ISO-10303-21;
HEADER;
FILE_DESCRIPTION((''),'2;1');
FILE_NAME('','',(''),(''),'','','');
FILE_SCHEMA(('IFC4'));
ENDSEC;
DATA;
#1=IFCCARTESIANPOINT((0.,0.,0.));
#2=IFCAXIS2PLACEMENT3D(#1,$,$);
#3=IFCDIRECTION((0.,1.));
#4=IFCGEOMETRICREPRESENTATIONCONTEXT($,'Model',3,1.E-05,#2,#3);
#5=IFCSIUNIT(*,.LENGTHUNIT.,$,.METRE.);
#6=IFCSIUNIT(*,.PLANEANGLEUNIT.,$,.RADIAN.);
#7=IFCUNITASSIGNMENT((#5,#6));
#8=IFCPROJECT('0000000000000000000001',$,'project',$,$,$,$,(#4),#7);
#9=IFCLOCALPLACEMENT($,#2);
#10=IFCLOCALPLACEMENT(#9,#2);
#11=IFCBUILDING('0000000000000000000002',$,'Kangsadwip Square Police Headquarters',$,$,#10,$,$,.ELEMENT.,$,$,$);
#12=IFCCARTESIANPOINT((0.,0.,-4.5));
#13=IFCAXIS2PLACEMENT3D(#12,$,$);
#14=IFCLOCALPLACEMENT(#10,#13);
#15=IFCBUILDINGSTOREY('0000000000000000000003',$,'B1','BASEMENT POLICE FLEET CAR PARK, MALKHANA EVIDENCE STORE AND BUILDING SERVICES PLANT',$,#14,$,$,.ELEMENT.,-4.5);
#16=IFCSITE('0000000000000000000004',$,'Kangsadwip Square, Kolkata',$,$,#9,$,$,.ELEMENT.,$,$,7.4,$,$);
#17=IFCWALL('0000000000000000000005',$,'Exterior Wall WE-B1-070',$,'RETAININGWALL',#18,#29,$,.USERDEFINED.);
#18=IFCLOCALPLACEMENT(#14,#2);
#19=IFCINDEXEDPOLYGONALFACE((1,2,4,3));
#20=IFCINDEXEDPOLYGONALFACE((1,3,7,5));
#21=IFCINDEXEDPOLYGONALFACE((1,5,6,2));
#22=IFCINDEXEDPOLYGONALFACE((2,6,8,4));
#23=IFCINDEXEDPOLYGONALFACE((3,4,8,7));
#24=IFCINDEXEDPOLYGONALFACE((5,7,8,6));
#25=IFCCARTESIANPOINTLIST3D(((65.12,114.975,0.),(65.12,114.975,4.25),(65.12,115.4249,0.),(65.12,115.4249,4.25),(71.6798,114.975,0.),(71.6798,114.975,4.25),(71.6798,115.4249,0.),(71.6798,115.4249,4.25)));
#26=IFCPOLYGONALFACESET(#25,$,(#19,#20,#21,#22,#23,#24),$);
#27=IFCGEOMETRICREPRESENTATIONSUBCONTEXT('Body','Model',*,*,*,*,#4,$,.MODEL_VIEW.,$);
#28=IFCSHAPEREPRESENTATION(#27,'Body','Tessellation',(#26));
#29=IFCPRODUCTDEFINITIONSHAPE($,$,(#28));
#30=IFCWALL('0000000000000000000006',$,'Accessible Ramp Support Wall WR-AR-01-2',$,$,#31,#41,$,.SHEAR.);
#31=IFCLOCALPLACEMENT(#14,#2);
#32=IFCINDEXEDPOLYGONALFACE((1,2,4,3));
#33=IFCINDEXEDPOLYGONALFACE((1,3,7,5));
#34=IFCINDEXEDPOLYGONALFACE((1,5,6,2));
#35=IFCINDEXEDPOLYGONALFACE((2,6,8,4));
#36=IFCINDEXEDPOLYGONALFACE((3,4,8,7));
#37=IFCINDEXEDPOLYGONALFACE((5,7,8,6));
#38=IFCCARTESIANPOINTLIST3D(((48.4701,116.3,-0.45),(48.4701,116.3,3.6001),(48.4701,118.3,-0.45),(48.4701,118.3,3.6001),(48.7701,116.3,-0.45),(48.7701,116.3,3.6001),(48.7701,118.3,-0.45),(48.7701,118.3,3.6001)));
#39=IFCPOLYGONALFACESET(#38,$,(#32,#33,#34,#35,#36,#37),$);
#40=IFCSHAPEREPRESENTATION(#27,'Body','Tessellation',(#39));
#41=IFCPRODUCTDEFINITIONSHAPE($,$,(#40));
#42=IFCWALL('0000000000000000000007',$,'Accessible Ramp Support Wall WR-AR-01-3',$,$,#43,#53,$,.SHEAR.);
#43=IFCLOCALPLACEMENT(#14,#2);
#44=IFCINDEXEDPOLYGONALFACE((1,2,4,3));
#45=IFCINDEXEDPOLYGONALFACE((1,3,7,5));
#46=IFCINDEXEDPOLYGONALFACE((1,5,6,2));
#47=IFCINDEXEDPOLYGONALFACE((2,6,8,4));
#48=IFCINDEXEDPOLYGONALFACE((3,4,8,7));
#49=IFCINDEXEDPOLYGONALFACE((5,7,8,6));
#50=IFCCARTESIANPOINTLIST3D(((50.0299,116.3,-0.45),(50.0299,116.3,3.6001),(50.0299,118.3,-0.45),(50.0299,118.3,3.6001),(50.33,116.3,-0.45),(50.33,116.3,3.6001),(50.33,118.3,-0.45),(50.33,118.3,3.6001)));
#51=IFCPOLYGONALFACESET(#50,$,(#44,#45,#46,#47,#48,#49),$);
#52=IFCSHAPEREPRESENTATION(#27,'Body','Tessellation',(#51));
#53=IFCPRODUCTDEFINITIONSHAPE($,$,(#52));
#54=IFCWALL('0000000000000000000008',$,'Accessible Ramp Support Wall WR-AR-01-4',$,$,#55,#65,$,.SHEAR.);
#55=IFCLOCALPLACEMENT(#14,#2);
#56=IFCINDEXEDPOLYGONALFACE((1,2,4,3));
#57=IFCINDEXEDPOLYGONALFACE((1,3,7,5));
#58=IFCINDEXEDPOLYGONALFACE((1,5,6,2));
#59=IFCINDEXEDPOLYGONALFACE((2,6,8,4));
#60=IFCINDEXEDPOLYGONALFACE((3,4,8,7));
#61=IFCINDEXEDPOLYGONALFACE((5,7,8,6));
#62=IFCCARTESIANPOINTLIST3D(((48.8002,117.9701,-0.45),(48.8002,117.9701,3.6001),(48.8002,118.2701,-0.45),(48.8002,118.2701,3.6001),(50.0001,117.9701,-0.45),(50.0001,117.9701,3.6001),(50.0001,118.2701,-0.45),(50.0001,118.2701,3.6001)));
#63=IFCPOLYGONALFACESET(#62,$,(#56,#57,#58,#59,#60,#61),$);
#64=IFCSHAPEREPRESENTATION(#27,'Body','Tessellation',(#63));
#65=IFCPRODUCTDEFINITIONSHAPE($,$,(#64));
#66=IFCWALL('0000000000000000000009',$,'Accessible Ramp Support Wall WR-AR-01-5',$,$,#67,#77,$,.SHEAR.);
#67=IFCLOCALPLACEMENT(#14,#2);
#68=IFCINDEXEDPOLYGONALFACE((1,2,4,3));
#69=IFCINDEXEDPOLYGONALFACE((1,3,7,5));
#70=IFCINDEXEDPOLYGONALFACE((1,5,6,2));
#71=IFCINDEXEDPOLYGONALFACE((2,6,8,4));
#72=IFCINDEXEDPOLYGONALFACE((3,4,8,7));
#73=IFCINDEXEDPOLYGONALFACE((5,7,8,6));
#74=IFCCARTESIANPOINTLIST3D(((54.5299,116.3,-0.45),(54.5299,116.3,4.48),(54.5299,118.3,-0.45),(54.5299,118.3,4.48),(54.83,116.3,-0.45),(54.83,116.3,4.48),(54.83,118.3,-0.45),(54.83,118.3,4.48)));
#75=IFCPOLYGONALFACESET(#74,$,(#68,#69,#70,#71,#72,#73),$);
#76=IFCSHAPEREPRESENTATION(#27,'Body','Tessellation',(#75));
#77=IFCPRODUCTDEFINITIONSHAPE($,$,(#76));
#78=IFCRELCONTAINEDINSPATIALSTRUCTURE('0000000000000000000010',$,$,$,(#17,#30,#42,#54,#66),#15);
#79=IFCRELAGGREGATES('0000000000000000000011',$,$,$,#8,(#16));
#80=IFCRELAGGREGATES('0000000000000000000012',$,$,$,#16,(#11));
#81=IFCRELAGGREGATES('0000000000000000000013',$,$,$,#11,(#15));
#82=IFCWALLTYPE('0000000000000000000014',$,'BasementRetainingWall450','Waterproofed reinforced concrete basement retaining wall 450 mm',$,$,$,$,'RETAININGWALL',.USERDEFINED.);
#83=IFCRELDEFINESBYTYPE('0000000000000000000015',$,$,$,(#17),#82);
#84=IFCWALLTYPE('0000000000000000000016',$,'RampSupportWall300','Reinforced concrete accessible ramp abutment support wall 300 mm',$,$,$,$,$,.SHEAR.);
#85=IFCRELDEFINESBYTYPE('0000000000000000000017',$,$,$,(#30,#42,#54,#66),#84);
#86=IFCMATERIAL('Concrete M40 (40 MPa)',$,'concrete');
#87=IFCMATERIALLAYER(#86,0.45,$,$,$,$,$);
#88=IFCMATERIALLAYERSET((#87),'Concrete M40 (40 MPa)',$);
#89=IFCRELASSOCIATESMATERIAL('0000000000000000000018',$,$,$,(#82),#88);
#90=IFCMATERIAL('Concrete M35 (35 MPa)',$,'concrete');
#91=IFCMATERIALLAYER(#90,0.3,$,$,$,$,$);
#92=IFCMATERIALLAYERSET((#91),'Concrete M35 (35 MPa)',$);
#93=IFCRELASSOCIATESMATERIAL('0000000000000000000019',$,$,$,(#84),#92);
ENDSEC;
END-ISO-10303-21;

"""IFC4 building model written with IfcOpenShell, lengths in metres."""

from ifc_helpers import new_model, si_unit, direction, frame, frame_2d, origin, place, context, subcontext, project, spatial, rectangle, extrude, material, layer, layer_set, type_object, element, save


model = new_model("IFC4")

# Units and contexts
model_context = context("Model", 3, precision=1e-05, world=origin(), true_north=direction((0.0, 1.0)))
body_context = subcontext(model_context, "Body", "Model", "MODEL_VIEW")
ifc_project = project(units=[si_unit("LENGTHUNIT", "METRE"), si_unit("PLANEANGLEUNIT", "RADIAN")], contexts=[model_context])

# Site, building, storey
site_placement = place(None, origin())
site = spatial("IfcSite", under=ifc_project, at=site_placement, Name="Kangsadwip Square, Kolkata", CompositionType="ELEMENT", RefElevation=7.4)
building_placement = place(site_placement, origin())
building = spatial("IfcBuilding", under=site, at=building_placement, Name="Kangsadwip Square Police Headquarters", CompositionType="ELEMENT")
storey_placement = place(building_placement, frame((0.0, 0.0, -4.5)))
storey = spatial("IfcBuildingStorey", under=building, at=storey_placement, Name="B1", Description="BASEMENT POLICE FLEET CAR PARK, MALKHANA EVIDENCE STORE AND BUILDING SERVICES PLANT", CompositionType="ELEMENT", Elevation=-4.5)

# Walls
ifc_material_1 = material(Name="Concrete M40 (40 MPa)", Category="concrete")
ifc_layer_1 = layer(ifc_material_1, 0.45)
ifc_layer_set_1 = layer_set([ifc_layer_1], Name="Concrete M40 (40 MPa)")
wall_type_1 = type_object("IfcWallType", Name="BasementRetainingWall450", Description="Waterproofed reinforced concrete basement retaining wall 450 mm", ElementType="RETAININGWALL", PredefinedType="USERDEFINED", material=ifc_layer_set_1)
wall_1_placement = place(storey_placement, frame((65.1201, 115.2, 0.0), z_axis=(0.0, 0.0, 1.0), x_axis=(1.0, 0.0, 0.0)))
element("IfcWall", 1, at=wall_1_placement, inside=storey, type_object=wall_type_1, Name="Exterior Wall WE-B1-070", ObjectType="RETAININGWALL", PredefinedType="USERDEFINED", context=body_context, shape_type="SweptSolid", body=[
    extrude(rectangle(XDim=6.5598, YDim=0.45, at=frame_2d((3.2798, 0.0))), origin(), (0.0, 0.0, 1.0), 4.25),
])
ifc_material_2 = material(Name="Concrete M35 (35 MPa)", Category="concrete")
ifc_layer_2 = layer(ifc_material_2, 0.3)
ifc_layer_set_2 = layer_set([ifc_layer_2], Name="Concrete M35 (35 MPa)")
wall_type_2 = type_object("IfcWallType", Name="RampSupportWall300", Description="Reinforced concrete accessible ramp abutment support wall 300 mm", PredefinedType="SHEAR", material=ifc_layer_set_2)
for number, where, z_axis, x_axis, name in (
    (2, (48.6201, 116.3, -0.45), (0.0, 0.0, 1.0), (0.0, 1.0, 0.0), "Accessible Ramp Support Wall WR-AR-01-2"),
    (3, (50.1799, 116.3, -0.45), (0.0, 0.0, 1.0), (0.0, 1.0, 0.0), "Accessible Ramp Support Wall WR-AR-01-3"),
):
    element("IfcWall", number, at=place(storey_placement, frame(where, z_axis=z_axis, x_axis=x_axis)), inside=storey, type_object=wall_type_2, Name=name, PredefinedType="SHEAR", context=body_context, shape_type="SweptSolid", body=[
        extrude(rectangle(XDim=2.0, YDim=0.3, at=frame_2d((1.0, 0.0))), origin(), (0.0, 0.0, 1.0), 4.05),
    ])
wall_2_placement = place(storey_placement, frame((48.8, 118.1201, -0.45), z_axis=(0.0, 0.0, 1.0), x_axis=(1.0, 0.0, 0.0)))
element("IfcWall", 4, at=wall_2_placement, inside=storey, type_object=wall_type_2, Name="Accessible Ramp Support Wall WR-AR-01-4", PredefinedType="SHEAR", context=body_context, shape_type="SweptSolid", body=[
    extrude(rectangle(XDim=1.2, YDim=0.3, at=frame_2d((0.6001, 0.0))), origin(), (0.0, 0.0, 1.0), 4.05),
])
wall_3_placement = place(storey_placement, frame((54.6799, 116.3, -0.45), z_axis=(0.0, 0.0, 1.0), x_axis=(0.0, 1.0, 0.0)))
element("IfcWall", 5, at=wall_3_placement, inside=storey, type_object=wall_type_2, Name="Accessible Ramp Support Wall WR-AR-01-5", PredefinedType="SHEAR", context=body_context, shape_type="SweptSolid", body=[
    extrude(rectangle(XDim=2.0, YDim=0.3, at=frame_2d((1.0, 0.0))), origin(), (0.0, 0.0, 1.0), 4.9299),
])

save(model, "model.ifc")
